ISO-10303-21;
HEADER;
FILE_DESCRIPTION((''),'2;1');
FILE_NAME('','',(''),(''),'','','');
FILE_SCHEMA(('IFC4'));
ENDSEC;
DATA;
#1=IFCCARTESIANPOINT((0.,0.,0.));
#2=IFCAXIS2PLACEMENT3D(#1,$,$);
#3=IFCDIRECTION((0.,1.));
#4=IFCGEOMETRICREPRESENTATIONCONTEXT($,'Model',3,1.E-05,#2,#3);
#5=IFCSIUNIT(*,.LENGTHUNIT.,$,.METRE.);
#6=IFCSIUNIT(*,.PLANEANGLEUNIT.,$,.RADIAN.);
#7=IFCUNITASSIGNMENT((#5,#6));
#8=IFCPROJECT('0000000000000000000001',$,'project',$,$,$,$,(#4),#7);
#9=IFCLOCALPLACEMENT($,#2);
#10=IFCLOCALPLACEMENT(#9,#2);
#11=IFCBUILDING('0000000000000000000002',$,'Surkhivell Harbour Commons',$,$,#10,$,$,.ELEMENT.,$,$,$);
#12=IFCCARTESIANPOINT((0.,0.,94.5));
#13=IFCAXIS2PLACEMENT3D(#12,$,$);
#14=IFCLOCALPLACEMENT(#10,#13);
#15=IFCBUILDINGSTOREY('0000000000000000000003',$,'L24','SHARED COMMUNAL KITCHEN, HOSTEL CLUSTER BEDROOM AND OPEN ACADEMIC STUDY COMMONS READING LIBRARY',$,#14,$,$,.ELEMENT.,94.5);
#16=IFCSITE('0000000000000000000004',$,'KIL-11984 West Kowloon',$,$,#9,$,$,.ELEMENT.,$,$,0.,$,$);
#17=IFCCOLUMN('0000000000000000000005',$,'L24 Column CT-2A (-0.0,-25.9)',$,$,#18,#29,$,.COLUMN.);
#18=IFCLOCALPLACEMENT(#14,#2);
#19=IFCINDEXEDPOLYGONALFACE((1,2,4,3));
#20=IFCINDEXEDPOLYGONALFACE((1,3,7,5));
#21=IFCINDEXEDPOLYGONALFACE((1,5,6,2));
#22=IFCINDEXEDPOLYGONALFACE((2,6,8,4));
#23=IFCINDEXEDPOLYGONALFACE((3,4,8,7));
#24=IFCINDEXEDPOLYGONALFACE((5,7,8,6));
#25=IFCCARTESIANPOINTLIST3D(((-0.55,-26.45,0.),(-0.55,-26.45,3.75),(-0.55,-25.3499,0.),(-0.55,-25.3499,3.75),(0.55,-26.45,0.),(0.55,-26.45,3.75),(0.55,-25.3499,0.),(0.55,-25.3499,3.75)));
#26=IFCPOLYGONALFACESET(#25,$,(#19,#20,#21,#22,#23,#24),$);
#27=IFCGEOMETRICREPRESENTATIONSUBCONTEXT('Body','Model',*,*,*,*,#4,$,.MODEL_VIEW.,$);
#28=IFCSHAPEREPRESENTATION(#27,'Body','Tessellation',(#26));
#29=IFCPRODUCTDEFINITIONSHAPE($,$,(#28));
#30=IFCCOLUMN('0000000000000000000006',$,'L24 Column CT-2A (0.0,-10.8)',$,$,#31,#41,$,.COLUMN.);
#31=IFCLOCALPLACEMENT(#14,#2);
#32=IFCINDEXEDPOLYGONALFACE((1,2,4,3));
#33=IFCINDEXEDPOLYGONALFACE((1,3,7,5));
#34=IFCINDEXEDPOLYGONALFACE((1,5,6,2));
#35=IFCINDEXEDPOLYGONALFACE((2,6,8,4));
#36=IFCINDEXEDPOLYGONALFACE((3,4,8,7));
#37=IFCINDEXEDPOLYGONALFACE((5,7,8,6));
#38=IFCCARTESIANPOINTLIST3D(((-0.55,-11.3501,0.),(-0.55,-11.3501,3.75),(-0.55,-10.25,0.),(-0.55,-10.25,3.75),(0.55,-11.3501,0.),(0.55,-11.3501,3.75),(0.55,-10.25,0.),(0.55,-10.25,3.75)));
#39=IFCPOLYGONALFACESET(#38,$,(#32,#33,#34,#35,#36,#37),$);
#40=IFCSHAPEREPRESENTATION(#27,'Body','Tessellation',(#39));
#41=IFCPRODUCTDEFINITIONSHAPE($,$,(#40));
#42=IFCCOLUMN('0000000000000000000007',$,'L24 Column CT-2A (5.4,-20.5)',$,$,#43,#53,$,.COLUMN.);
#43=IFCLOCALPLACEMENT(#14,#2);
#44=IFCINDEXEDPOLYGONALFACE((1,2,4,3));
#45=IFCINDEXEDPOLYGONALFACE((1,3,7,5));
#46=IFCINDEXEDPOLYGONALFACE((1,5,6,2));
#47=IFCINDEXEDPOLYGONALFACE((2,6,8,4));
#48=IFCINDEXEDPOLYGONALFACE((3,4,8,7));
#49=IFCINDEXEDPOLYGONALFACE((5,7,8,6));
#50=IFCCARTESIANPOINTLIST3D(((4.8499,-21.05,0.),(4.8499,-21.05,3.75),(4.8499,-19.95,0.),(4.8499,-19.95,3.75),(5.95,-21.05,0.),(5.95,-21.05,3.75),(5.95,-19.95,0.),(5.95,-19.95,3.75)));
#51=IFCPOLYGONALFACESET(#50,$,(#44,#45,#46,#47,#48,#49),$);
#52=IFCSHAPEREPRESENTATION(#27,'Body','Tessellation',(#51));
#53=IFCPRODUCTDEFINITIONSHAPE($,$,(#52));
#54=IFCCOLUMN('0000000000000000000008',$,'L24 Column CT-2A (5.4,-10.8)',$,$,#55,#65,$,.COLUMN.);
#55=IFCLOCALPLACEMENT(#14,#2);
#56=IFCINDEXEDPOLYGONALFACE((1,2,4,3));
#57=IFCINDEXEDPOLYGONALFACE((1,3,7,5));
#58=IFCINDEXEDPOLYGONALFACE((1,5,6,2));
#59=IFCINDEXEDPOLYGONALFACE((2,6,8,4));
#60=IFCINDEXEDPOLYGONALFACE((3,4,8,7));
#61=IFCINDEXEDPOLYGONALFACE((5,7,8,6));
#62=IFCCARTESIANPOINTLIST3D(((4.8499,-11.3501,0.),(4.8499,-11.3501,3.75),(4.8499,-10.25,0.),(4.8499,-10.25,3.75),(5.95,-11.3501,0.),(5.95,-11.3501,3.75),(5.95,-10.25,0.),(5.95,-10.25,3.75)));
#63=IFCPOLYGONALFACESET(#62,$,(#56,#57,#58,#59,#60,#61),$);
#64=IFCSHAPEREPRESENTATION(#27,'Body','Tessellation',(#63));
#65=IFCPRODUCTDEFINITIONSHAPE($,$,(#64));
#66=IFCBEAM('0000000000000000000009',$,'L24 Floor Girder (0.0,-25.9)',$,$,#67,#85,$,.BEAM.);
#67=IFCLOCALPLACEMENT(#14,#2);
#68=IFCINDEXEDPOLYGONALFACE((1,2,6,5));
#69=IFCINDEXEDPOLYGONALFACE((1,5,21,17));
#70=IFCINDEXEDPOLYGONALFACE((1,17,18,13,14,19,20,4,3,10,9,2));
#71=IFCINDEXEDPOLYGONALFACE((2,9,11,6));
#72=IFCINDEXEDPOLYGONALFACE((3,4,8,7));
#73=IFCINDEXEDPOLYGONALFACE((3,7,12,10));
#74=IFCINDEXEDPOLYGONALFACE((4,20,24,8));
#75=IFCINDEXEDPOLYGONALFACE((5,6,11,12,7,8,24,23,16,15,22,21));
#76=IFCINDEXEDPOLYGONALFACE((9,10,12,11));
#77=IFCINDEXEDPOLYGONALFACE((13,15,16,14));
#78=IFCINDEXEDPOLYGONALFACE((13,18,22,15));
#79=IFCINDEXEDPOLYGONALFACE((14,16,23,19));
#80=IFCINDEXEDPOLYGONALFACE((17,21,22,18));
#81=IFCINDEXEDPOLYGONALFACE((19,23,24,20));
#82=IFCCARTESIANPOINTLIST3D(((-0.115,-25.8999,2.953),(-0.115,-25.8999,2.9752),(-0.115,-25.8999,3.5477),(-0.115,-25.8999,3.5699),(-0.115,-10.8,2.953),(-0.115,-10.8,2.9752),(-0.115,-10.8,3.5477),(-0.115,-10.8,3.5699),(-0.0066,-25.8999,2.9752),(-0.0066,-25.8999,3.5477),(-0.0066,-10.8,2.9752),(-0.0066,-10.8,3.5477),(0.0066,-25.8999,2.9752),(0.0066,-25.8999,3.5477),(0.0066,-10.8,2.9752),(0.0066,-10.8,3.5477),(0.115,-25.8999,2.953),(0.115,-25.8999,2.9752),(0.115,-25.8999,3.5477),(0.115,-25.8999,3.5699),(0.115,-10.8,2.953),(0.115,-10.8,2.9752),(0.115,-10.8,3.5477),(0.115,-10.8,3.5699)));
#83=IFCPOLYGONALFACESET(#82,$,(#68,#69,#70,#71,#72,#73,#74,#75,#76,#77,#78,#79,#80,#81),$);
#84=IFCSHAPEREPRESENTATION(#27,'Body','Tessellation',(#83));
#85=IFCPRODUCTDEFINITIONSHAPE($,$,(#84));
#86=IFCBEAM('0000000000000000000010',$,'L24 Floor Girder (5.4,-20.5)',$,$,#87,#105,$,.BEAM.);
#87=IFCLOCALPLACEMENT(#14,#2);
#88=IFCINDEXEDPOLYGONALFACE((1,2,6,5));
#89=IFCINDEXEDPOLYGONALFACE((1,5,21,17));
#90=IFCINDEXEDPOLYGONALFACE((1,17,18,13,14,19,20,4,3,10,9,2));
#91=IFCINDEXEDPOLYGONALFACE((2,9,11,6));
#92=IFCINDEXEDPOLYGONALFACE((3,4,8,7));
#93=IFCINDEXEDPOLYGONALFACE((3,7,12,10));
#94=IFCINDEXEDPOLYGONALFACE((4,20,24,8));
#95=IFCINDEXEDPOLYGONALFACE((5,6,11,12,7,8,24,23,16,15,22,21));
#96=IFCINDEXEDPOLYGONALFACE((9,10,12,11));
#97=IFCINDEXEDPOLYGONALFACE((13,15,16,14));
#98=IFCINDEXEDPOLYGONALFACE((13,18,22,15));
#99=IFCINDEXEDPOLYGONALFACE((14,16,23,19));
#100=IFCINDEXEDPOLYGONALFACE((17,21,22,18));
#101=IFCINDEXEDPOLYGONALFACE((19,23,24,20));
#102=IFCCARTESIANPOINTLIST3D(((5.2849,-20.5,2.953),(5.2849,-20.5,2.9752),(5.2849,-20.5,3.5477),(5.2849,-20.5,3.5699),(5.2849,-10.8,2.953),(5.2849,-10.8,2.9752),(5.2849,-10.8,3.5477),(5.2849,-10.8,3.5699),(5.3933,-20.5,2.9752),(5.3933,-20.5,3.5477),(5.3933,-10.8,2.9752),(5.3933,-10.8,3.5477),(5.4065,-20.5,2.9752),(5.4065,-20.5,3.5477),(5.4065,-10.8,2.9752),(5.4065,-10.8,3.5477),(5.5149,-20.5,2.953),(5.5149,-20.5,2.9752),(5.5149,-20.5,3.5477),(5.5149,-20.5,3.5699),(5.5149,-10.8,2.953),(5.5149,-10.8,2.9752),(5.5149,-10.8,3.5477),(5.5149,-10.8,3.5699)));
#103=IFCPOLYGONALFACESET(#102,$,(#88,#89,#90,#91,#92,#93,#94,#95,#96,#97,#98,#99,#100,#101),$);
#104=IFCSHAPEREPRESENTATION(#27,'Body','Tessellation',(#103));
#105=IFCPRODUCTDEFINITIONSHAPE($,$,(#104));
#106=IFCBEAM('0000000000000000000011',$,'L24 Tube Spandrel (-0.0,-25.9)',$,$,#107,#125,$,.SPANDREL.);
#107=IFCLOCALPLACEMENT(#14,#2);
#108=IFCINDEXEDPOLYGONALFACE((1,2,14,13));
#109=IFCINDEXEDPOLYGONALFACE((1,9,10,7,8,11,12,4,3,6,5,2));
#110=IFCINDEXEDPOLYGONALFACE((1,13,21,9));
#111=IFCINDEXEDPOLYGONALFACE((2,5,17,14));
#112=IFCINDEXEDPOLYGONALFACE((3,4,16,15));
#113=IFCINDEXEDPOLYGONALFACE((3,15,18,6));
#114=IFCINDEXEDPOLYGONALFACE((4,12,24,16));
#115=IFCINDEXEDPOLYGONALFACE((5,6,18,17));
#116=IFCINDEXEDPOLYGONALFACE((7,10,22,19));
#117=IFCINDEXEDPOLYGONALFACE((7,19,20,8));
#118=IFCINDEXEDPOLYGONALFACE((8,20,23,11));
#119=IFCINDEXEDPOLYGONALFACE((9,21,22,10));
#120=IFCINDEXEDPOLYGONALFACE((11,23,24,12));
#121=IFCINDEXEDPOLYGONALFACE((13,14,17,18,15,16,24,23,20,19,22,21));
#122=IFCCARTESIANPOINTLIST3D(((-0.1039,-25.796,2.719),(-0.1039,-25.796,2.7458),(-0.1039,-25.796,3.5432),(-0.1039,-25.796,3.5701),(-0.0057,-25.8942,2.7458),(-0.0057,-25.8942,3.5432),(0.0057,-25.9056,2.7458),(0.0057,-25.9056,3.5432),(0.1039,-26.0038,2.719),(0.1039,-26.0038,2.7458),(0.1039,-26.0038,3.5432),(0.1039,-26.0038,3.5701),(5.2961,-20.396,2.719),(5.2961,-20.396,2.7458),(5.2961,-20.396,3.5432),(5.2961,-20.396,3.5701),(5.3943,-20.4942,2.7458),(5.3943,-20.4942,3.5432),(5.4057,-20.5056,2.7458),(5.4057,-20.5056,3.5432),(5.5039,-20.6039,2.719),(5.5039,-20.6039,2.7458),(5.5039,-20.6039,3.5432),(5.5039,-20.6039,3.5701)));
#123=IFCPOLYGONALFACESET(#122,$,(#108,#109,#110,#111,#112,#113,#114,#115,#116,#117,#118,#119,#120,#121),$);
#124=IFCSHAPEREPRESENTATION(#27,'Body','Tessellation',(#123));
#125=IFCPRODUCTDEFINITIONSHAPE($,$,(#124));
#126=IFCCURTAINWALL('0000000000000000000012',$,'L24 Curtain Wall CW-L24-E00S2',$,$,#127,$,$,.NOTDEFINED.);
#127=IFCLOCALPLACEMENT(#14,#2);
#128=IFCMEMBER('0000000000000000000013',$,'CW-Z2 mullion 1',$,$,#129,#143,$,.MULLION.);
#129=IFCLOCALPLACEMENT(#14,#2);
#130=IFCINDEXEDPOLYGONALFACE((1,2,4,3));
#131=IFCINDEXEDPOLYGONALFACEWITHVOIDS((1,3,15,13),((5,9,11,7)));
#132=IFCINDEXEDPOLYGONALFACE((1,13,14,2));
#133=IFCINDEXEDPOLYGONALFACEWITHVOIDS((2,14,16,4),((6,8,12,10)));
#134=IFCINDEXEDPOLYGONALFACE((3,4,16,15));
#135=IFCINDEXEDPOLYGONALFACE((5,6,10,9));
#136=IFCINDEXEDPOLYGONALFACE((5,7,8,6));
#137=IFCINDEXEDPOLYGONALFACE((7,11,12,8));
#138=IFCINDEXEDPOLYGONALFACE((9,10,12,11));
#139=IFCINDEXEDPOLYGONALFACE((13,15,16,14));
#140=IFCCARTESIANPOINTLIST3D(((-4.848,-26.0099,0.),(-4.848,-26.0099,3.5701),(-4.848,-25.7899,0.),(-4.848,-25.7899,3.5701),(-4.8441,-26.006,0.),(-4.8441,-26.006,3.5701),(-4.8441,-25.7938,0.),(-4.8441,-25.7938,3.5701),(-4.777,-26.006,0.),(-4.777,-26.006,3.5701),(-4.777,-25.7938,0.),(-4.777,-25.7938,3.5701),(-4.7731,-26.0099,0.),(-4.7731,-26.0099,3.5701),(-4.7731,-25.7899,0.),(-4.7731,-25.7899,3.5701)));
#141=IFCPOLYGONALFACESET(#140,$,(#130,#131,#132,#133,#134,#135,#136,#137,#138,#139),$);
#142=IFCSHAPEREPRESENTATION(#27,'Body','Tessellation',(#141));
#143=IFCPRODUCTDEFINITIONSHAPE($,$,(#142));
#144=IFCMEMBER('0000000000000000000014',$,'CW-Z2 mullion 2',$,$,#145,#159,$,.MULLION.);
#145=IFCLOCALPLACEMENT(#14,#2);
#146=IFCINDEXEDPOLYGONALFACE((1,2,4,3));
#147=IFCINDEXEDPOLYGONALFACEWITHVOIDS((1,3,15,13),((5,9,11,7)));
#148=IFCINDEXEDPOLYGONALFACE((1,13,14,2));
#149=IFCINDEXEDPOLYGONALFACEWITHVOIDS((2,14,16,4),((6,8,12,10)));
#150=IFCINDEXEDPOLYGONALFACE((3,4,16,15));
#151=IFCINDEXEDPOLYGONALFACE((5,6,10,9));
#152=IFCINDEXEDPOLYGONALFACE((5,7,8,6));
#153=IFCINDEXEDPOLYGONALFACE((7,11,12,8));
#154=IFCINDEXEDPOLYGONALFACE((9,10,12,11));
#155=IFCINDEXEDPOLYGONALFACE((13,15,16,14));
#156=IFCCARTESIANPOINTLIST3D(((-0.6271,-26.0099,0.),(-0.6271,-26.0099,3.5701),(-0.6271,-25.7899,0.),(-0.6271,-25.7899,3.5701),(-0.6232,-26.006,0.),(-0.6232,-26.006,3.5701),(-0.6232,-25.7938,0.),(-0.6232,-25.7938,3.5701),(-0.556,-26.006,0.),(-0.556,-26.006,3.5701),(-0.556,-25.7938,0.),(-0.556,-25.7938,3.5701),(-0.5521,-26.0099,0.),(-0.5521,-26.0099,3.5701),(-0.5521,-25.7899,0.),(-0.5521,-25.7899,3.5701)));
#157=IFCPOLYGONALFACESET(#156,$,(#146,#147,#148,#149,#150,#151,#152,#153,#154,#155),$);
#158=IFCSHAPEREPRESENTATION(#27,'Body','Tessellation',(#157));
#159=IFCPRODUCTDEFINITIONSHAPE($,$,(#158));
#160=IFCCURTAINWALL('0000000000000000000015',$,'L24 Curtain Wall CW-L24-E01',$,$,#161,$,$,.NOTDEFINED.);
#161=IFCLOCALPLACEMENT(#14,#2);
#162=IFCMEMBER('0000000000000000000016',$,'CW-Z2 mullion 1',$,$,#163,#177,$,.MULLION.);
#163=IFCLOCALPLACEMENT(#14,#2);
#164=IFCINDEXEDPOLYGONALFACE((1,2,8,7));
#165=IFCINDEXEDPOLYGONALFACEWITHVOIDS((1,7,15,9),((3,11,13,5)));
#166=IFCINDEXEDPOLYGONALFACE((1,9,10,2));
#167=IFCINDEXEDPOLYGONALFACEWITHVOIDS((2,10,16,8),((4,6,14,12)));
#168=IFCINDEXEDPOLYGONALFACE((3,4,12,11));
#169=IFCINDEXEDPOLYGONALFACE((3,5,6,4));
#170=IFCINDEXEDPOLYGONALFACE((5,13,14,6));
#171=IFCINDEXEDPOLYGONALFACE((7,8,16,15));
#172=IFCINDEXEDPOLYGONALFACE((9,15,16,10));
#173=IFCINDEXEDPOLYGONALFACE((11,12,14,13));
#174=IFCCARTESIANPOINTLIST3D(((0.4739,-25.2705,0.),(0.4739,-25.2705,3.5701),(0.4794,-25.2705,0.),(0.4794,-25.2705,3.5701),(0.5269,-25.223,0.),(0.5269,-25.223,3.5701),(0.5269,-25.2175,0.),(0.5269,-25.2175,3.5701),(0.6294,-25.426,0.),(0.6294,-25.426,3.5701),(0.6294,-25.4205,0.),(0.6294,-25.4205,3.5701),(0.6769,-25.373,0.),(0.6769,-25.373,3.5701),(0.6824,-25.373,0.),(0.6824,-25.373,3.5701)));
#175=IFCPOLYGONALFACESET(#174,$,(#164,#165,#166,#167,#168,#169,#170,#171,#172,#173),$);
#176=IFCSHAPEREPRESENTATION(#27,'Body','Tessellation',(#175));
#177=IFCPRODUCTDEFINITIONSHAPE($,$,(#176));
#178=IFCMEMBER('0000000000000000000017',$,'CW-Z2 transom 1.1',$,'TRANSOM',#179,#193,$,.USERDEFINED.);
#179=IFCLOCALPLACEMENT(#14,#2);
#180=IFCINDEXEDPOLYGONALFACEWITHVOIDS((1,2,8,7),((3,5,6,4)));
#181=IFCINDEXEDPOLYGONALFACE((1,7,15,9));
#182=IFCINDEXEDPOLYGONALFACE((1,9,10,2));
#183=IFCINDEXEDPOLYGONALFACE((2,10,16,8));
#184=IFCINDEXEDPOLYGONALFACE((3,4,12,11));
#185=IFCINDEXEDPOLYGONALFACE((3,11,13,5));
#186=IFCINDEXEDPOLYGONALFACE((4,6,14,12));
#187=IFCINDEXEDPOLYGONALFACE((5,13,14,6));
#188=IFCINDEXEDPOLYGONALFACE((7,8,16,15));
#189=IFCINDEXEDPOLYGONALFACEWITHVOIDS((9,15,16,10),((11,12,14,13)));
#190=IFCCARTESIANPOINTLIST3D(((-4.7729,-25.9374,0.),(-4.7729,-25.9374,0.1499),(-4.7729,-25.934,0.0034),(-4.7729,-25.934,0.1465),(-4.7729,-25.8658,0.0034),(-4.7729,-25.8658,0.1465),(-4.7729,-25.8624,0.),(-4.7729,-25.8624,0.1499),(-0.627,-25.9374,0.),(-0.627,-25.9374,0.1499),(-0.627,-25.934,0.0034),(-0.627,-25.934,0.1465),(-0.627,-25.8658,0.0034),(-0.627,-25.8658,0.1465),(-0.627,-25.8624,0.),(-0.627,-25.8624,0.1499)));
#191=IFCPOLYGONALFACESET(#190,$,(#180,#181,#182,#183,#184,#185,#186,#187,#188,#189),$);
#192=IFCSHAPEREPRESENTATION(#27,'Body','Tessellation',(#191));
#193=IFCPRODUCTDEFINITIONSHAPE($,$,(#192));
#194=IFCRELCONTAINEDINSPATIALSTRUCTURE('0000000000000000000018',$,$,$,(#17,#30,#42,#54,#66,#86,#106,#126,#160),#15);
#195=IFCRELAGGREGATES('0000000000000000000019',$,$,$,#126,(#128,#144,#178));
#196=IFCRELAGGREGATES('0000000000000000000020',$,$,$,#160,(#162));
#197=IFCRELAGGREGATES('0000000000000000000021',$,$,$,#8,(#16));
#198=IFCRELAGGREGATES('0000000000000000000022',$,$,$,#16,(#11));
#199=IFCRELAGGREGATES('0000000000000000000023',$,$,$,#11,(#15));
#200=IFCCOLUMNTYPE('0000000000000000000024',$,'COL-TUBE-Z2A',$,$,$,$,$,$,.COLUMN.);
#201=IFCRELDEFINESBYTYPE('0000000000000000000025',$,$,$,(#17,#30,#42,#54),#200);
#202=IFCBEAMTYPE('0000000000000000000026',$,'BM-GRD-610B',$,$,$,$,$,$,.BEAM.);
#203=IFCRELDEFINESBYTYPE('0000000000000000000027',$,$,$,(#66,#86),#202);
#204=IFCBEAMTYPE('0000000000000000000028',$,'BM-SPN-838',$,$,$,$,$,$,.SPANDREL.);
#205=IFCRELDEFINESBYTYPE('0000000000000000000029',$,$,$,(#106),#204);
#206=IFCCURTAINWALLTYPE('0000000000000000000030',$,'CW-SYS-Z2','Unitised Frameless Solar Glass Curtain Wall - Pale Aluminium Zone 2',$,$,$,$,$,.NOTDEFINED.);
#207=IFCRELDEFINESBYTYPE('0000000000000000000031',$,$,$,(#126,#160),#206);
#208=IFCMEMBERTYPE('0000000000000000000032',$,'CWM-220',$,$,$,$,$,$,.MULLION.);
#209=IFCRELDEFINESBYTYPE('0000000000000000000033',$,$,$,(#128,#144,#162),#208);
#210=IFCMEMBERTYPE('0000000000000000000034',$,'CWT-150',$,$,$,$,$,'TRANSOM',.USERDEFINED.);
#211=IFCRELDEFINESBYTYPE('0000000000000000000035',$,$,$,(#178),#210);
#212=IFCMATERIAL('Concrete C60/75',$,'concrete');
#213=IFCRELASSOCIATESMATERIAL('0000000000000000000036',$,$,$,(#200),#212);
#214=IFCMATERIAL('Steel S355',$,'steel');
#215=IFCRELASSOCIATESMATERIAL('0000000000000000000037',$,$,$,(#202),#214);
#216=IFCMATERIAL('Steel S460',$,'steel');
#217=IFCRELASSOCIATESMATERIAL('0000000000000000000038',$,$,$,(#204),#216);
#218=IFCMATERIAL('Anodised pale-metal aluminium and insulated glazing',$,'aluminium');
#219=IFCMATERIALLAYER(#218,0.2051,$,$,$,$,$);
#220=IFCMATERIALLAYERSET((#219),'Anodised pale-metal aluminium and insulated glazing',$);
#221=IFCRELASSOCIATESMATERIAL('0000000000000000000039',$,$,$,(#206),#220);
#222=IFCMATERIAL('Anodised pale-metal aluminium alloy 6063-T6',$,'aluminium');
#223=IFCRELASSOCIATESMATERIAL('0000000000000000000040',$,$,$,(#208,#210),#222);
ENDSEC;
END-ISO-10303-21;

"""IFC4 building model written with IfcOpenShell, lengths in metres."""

from ifc_helpers import new_model, si_unit, direction, frame, origin, origin_2d, place, context, subcontext, project, spatial, rectangle, hollow_rectangle, i_section, extrude, material, layer, layer_set, material_profile, profile_set, type_object, element, aggregate, save


model = new_model("IFC4")

# Units and contexts
model_context = context("Model", 3, precision=1e-05, world=origin(), true_north=direction((0.0, 1.0)))
body_context = subcontext(model_context, "Body", "Model", "MODEL_VIEW")
ifc_project = project(units=[si_unit("LENGTHUNIT", "METRE"), si_unit("PLANEANGLEUNIT", "RADIAN")], contexts=[model_context])

# Site, building, storey
site_placement = place(None, origin())
site = spatial("IfcSite", under=ifc_project, at=site_placement, Name="KIL-11984 West Kowloon", CompositionType="ELEMENT", RefElevation=0.0)
building_placement = place(site_placement, origin())
building = spatial("IfcBuilding", under=site, at=building_placement, Name="Surkhivell Harbour Commons", CompositionType="ELEMENT")
storey_placement = place(building_placement, frame((0.0, 0.0, 94.5)))
storey = spatial("IfcBuildingStorey", under=building, at=storey_placement, Name="L24", Description="SHARED COMMUNAL KITCHEN, HOSTEL CLUSTER BEDROOM AND OPEN ACADEMIC STUDY COMMONS READING LIBRARY", CompositionType="ELEMENT", Elevation=94.5)

# Columns
ifc_material_1 = material(Name="Concrete C60/75", Category="concrete")
ifc_material_profile_1 = material_profile(ifc_material_1, rectangle(XDim=1.1001, YDim=1.1001, at=origin_2d()), Name="RC-COL-1100x1100")
ifc_profile_set_1 = profile_set([ifc_material_profile_1], Name="Concrete C60/75")
column_type = type_object("IfcColumnType", Name="COL-TUBE-Z2A", PredefinedType="COLUMN", material=ifc_profile_set_1)
for number, where, z_axis, x_axis, name in (
    (1, (0.0, -25.8999, 0.0), (0.0, 0.0, 1.0), (1.0, 0.0, 0.0), "L24 Column CT-2A (-0.0,-25.9)"),
    (2, (0.0, -10.8, 0.0), (0.0, 0.0, 1.0), (1.0, 0.0, 0.0), "L24 Column CT-2A (0.0,-10.8)"),
    (3, (5.3999, -20.5, 0.0), (0.0, 0.0, 1.0), (1.0, 0.0, 0.0), "L24 Column CT-2A (5.4,-20.5)"),
    (4, (5.3999, -10.8, 0.0), (0.0, 0.0, 1.0), (1.0, 0.0, 0.0), "L24 Column CT-2A (5.4,-10.8)"),
):
    element("IfcColumn", number, at=place(storey_placement, frame(where, z_axis=z_axis, x_axis=x_axis)), inside=storey, type_object=column_type, Name=name, PredefinedType="COLUMN", context=body_context, shape_type="SweptSolid", body=[
        extrude(rectangle(XDim=1.1001, YDim=1.1001, at=origin_2d()), origin(), (0.0, 0.0, 1.0), 3.75),
    ])

# Beams
ifc_material_2 = material(Name="Steel S355", Category="steel")
ifc_material_profile_2 = material_profile(ifc_material_2, i_section(OverallWidth=0.23, OverallDepth=0.6169, WebThickness=0.0132, FlangeThickness=0.0222, at=origin_2d()), Name="UB610x229x140")
ifc_profile_set_2 = profile_set([ifc_material_profile_2], Name="Steel S355")
beam_type_1 = type_object("IfcBeamType", Name="BM-GRD-610B", PredefinedType="BEAM", material=ifc_profile_set_2)
beam_1_placement = place(storey_placement, frame((0.0, -25.8999, 3.2615), z_axis=(0.0, 1.0, 0.0), x_axis=(-1.0, 0.0, 0.0)))
element("IfcBeam", 5, at=beam_1_placement, inside=storey, type_object=beam_type_1, Name="L24 Floor Girder (0.0,-25.9)", PredefinedType="BEAM", context=body_context, shape_type="SweptSolid", body=[
    extrude(i_section(OverallWidth=0.23, OverallDepth=0.6169, WebThickness=0.0132, FlangeThickness=0.0222, at=origin_2d()), origin(), (0.0, 0.0, 1.0), 15.0999),
])
beam_2_placement = place(storey_placement, frame((5.3999, -20.5, 3.2615), z_axis=(0.0, 1.0, 0.0), x_axis=(-1.0, 0.0, 0.0)))
element("IfcBeam", 6, at=beam_2_placement, inside=storey, type_object=beam_type_1, Name="L24 Floor Girder (5.4,-20.5)", PredefinedType="BEAM", context=body_context, shape_type="SweptSolid", body=[
    extrude(i_section(OverallWidth=0.23, OverallDepth=0.6169, WebThickness=0.0132, FlangeThickness=0.0222, at=origin_2d()), origin(), (0.0, 0.0, 1.0), 9.7),
])
ifc_material_3 = material(Name="Steel S460", Category="steel")
ifc_material_profile_3 = material_profile(ifc_material_3, i_section(OverallWidth=0.2939, OverallDepth=0.8511, WebThickness=0.0161, FlangeThickness=0.0269, at=origin_2d()), Name="UB838x292x226")
ifc_profile_set_3 = profile_set([ifc_material_profile_3], Name="Steel S460")
beam_type_2 = type_object("IfcBeamType", Name="BM-SPN-838", PredefinedType="SPANDREL", material=ifc_profile_set_3)
beam_3_placement = place(storey_placement, frame((0.0, -25.8999, 3.1445), z_axis=(0.707107, 0.707107, 0.0), x_axis=(-0.707107, 0.707107, 0.0)))
element("IfcBeam", 7, at=beam_3_placement, inside=storey, type_object=beam_type_2, Name="L24 Tube Spandrel (-0.0,-25.9)", PredefinedType="SPANDREL", context=body_context, shape_type="SweptSolid", body=[
    extrude(i_section(OverallWidth=0.2939, OverallDepth=0.8511, WebThickness=0.0161, FlangeThickness=0.0269, at=origin_2d()), origin(), (0.0, 0.0, 1.0), 7.6367),
])

# Curtain wall, members
ifc_material_4 = material(Name="Anodised pale-metal aluminium and insulated glazing", Category="aluminium")
ifc_layer_1 = layer(ifc_material_4, 0.2051)
ifc_layer_set_1 = layer_set([ifc_layer_1], Name="Anodised pale-metal aluminium and insulated glazing")
curtain_wall_type = type_object("IfcCurtainWallType", Name="CW-SYS-Z2", Description="Unitised Frameless Solar Glass Curtain Wall - Pale Aluminium Zone 2", PredefinedType="NOTDEFINED", material=ifc_layer_set_1)
curtain_wall_1_placement = place(storey_placement, origin())
curtain_wall_1 = element("IfcCurtainWall", 8, at=curtain_wall_1_placement, inside=storey, type_object=curtain_wall_type, Name="L24 Curtain Wall CW-L24-E00S2", PredefinedType="NOTDEFINED")
ifc_material_5 = material(Name="Anodised pale-metal aluminium alloy 6063-T6", Category="aluminium")
ifc_material_profile_4 = material_profile(ifc_material_5, hollow_rectangle(XDim=0.075, YDim=0.22, WallThickness=0.0039, at=origin_2d()), Name="ALU-MULL-75x220")
ifc_profile_set_4 = profile_set([ifc_material_profile_4], Name="Anodised pale-metal aluminium alloy 6063-T6")
member_type_1 = type_object("IfcMemberType", Name="CWM-220", PredefinedType="MULLION", material=ifc_profile_set_4)
member_1_placement = place(storey_placement, frame((-4.8105, -25.8999, 0.0), z_axis=(0.0, 0.0, 1.0), x_axis=(1.0, 0.0, 0.0)))
member_1 = element("IfcMember", 9, at=member_1_placement, type_object=member_type_1, Name="CW-Z2 mullion 1", PredefinedType="MULLION", context=body_context, shape_type="SweptSolid", body=[
    extrude(hollow_rectangle(XDim=0.075, YDim=0.22, WallThickness=0.0039, at=origin_2d()), origin(), (0.0, 0.0, 1.0), 3.5701),
])
member_2_placement = place(storey_placement, frame((-0.5896, -25.8999, 0.0), z_axis=(0.0, 0.0, 1.0), x_axis=(1.0, 0.0, 0.0)))
member_2 = element("IfcMember", 10, at=member_2_placement, type_object=member_type_1, Name="CW-Z2 mullion 2", PredefinedType="MULLION", context=body_context, shape_type="SweptSolid", body=[
    extrude(hollow_rectangle(XDim=0.075, YDim=0.22, WallThickness=0.0039, at=origin_2d()), origin(), (0.0, 0.0, 1.0), 3.5701),
])

# Curtain wall, member
curtain_wall_2_placement = place(storey_placement, origin())
curtain_wall_2 = element("IfcCurtainWall", 11, at=curtain_wall_2_placement, inside=storey, type_object=curtain_wall_type, Name="L24 Curtain Wall CW-L24-E01", PredefinedType="NOTDEFINED")
member_3_placement = place(storey_placement, frame((0.5781, -25.3218, 0.0), z_axis=(0.0, 0.0, 1.0), x_axis=(0.707107, 0.707107, 0.0)))
member_3 = element("IfcMember", 12, at=member_3_placement, type_object=member_type_1, Name="CW-Z2 mullion 1", PredefinedType="MULLION", context=body_context, shape_type="SweptSolid", body=[
    extrude(hollow_rectangle(XDim=0.075, YDim=0.22, WallThickness=0.0039, at=origin_2d()), origin(), (0.0, 0.0, 1.0), 3.5701),
])

# Member
ifc_material_profile_5 = material_profile(ifc_material_5, hollow_rectangle(XDim=0.075, YDim=0.1499, WallThickness=0.0034, at=origin_2d()), Name="ALU-TRAN-75x150")
ifc_profile_set_5 = profile_set([ifc_material_profile_5], Name="Anodised pale-metal aluminium alloy 6063-T6")
member_type_2 = type_object("IfcMemberType", Name="CWT-150", ElementType="TRANSOM", PredefinedType="USERDEFINED", material=ifc_profile_set_5)
member_4_placement = place(storey_placement, frame((-4.7729, -25.8999, 0.075), z_axis=(1.0, 0.0, 0.0), x_axis=(0.0, 1.0, 0.0)))
member_4 = element("IfcMember", 13, at=member_4_placement, type_object=member_type_2, Name="CW-Z2 transom 1.1", ObjectType="TRANSOM", PredefinedType="USERDEFINED", context=body_context, shape_type="SweptSolid", body=[
    extrude(hollow_rectangle(XDim=0.075, YDim=0.1499, WallThickness=0.0034, at=origin_2d()), origin(), (0.0, 0.0, 1.0), 4.146),
])

aggregate(curtain_wall_1, [member_1, member_2, member_4])
aggregate(curtain_wall_2, [member_3])

save(model, "model.ifc")
